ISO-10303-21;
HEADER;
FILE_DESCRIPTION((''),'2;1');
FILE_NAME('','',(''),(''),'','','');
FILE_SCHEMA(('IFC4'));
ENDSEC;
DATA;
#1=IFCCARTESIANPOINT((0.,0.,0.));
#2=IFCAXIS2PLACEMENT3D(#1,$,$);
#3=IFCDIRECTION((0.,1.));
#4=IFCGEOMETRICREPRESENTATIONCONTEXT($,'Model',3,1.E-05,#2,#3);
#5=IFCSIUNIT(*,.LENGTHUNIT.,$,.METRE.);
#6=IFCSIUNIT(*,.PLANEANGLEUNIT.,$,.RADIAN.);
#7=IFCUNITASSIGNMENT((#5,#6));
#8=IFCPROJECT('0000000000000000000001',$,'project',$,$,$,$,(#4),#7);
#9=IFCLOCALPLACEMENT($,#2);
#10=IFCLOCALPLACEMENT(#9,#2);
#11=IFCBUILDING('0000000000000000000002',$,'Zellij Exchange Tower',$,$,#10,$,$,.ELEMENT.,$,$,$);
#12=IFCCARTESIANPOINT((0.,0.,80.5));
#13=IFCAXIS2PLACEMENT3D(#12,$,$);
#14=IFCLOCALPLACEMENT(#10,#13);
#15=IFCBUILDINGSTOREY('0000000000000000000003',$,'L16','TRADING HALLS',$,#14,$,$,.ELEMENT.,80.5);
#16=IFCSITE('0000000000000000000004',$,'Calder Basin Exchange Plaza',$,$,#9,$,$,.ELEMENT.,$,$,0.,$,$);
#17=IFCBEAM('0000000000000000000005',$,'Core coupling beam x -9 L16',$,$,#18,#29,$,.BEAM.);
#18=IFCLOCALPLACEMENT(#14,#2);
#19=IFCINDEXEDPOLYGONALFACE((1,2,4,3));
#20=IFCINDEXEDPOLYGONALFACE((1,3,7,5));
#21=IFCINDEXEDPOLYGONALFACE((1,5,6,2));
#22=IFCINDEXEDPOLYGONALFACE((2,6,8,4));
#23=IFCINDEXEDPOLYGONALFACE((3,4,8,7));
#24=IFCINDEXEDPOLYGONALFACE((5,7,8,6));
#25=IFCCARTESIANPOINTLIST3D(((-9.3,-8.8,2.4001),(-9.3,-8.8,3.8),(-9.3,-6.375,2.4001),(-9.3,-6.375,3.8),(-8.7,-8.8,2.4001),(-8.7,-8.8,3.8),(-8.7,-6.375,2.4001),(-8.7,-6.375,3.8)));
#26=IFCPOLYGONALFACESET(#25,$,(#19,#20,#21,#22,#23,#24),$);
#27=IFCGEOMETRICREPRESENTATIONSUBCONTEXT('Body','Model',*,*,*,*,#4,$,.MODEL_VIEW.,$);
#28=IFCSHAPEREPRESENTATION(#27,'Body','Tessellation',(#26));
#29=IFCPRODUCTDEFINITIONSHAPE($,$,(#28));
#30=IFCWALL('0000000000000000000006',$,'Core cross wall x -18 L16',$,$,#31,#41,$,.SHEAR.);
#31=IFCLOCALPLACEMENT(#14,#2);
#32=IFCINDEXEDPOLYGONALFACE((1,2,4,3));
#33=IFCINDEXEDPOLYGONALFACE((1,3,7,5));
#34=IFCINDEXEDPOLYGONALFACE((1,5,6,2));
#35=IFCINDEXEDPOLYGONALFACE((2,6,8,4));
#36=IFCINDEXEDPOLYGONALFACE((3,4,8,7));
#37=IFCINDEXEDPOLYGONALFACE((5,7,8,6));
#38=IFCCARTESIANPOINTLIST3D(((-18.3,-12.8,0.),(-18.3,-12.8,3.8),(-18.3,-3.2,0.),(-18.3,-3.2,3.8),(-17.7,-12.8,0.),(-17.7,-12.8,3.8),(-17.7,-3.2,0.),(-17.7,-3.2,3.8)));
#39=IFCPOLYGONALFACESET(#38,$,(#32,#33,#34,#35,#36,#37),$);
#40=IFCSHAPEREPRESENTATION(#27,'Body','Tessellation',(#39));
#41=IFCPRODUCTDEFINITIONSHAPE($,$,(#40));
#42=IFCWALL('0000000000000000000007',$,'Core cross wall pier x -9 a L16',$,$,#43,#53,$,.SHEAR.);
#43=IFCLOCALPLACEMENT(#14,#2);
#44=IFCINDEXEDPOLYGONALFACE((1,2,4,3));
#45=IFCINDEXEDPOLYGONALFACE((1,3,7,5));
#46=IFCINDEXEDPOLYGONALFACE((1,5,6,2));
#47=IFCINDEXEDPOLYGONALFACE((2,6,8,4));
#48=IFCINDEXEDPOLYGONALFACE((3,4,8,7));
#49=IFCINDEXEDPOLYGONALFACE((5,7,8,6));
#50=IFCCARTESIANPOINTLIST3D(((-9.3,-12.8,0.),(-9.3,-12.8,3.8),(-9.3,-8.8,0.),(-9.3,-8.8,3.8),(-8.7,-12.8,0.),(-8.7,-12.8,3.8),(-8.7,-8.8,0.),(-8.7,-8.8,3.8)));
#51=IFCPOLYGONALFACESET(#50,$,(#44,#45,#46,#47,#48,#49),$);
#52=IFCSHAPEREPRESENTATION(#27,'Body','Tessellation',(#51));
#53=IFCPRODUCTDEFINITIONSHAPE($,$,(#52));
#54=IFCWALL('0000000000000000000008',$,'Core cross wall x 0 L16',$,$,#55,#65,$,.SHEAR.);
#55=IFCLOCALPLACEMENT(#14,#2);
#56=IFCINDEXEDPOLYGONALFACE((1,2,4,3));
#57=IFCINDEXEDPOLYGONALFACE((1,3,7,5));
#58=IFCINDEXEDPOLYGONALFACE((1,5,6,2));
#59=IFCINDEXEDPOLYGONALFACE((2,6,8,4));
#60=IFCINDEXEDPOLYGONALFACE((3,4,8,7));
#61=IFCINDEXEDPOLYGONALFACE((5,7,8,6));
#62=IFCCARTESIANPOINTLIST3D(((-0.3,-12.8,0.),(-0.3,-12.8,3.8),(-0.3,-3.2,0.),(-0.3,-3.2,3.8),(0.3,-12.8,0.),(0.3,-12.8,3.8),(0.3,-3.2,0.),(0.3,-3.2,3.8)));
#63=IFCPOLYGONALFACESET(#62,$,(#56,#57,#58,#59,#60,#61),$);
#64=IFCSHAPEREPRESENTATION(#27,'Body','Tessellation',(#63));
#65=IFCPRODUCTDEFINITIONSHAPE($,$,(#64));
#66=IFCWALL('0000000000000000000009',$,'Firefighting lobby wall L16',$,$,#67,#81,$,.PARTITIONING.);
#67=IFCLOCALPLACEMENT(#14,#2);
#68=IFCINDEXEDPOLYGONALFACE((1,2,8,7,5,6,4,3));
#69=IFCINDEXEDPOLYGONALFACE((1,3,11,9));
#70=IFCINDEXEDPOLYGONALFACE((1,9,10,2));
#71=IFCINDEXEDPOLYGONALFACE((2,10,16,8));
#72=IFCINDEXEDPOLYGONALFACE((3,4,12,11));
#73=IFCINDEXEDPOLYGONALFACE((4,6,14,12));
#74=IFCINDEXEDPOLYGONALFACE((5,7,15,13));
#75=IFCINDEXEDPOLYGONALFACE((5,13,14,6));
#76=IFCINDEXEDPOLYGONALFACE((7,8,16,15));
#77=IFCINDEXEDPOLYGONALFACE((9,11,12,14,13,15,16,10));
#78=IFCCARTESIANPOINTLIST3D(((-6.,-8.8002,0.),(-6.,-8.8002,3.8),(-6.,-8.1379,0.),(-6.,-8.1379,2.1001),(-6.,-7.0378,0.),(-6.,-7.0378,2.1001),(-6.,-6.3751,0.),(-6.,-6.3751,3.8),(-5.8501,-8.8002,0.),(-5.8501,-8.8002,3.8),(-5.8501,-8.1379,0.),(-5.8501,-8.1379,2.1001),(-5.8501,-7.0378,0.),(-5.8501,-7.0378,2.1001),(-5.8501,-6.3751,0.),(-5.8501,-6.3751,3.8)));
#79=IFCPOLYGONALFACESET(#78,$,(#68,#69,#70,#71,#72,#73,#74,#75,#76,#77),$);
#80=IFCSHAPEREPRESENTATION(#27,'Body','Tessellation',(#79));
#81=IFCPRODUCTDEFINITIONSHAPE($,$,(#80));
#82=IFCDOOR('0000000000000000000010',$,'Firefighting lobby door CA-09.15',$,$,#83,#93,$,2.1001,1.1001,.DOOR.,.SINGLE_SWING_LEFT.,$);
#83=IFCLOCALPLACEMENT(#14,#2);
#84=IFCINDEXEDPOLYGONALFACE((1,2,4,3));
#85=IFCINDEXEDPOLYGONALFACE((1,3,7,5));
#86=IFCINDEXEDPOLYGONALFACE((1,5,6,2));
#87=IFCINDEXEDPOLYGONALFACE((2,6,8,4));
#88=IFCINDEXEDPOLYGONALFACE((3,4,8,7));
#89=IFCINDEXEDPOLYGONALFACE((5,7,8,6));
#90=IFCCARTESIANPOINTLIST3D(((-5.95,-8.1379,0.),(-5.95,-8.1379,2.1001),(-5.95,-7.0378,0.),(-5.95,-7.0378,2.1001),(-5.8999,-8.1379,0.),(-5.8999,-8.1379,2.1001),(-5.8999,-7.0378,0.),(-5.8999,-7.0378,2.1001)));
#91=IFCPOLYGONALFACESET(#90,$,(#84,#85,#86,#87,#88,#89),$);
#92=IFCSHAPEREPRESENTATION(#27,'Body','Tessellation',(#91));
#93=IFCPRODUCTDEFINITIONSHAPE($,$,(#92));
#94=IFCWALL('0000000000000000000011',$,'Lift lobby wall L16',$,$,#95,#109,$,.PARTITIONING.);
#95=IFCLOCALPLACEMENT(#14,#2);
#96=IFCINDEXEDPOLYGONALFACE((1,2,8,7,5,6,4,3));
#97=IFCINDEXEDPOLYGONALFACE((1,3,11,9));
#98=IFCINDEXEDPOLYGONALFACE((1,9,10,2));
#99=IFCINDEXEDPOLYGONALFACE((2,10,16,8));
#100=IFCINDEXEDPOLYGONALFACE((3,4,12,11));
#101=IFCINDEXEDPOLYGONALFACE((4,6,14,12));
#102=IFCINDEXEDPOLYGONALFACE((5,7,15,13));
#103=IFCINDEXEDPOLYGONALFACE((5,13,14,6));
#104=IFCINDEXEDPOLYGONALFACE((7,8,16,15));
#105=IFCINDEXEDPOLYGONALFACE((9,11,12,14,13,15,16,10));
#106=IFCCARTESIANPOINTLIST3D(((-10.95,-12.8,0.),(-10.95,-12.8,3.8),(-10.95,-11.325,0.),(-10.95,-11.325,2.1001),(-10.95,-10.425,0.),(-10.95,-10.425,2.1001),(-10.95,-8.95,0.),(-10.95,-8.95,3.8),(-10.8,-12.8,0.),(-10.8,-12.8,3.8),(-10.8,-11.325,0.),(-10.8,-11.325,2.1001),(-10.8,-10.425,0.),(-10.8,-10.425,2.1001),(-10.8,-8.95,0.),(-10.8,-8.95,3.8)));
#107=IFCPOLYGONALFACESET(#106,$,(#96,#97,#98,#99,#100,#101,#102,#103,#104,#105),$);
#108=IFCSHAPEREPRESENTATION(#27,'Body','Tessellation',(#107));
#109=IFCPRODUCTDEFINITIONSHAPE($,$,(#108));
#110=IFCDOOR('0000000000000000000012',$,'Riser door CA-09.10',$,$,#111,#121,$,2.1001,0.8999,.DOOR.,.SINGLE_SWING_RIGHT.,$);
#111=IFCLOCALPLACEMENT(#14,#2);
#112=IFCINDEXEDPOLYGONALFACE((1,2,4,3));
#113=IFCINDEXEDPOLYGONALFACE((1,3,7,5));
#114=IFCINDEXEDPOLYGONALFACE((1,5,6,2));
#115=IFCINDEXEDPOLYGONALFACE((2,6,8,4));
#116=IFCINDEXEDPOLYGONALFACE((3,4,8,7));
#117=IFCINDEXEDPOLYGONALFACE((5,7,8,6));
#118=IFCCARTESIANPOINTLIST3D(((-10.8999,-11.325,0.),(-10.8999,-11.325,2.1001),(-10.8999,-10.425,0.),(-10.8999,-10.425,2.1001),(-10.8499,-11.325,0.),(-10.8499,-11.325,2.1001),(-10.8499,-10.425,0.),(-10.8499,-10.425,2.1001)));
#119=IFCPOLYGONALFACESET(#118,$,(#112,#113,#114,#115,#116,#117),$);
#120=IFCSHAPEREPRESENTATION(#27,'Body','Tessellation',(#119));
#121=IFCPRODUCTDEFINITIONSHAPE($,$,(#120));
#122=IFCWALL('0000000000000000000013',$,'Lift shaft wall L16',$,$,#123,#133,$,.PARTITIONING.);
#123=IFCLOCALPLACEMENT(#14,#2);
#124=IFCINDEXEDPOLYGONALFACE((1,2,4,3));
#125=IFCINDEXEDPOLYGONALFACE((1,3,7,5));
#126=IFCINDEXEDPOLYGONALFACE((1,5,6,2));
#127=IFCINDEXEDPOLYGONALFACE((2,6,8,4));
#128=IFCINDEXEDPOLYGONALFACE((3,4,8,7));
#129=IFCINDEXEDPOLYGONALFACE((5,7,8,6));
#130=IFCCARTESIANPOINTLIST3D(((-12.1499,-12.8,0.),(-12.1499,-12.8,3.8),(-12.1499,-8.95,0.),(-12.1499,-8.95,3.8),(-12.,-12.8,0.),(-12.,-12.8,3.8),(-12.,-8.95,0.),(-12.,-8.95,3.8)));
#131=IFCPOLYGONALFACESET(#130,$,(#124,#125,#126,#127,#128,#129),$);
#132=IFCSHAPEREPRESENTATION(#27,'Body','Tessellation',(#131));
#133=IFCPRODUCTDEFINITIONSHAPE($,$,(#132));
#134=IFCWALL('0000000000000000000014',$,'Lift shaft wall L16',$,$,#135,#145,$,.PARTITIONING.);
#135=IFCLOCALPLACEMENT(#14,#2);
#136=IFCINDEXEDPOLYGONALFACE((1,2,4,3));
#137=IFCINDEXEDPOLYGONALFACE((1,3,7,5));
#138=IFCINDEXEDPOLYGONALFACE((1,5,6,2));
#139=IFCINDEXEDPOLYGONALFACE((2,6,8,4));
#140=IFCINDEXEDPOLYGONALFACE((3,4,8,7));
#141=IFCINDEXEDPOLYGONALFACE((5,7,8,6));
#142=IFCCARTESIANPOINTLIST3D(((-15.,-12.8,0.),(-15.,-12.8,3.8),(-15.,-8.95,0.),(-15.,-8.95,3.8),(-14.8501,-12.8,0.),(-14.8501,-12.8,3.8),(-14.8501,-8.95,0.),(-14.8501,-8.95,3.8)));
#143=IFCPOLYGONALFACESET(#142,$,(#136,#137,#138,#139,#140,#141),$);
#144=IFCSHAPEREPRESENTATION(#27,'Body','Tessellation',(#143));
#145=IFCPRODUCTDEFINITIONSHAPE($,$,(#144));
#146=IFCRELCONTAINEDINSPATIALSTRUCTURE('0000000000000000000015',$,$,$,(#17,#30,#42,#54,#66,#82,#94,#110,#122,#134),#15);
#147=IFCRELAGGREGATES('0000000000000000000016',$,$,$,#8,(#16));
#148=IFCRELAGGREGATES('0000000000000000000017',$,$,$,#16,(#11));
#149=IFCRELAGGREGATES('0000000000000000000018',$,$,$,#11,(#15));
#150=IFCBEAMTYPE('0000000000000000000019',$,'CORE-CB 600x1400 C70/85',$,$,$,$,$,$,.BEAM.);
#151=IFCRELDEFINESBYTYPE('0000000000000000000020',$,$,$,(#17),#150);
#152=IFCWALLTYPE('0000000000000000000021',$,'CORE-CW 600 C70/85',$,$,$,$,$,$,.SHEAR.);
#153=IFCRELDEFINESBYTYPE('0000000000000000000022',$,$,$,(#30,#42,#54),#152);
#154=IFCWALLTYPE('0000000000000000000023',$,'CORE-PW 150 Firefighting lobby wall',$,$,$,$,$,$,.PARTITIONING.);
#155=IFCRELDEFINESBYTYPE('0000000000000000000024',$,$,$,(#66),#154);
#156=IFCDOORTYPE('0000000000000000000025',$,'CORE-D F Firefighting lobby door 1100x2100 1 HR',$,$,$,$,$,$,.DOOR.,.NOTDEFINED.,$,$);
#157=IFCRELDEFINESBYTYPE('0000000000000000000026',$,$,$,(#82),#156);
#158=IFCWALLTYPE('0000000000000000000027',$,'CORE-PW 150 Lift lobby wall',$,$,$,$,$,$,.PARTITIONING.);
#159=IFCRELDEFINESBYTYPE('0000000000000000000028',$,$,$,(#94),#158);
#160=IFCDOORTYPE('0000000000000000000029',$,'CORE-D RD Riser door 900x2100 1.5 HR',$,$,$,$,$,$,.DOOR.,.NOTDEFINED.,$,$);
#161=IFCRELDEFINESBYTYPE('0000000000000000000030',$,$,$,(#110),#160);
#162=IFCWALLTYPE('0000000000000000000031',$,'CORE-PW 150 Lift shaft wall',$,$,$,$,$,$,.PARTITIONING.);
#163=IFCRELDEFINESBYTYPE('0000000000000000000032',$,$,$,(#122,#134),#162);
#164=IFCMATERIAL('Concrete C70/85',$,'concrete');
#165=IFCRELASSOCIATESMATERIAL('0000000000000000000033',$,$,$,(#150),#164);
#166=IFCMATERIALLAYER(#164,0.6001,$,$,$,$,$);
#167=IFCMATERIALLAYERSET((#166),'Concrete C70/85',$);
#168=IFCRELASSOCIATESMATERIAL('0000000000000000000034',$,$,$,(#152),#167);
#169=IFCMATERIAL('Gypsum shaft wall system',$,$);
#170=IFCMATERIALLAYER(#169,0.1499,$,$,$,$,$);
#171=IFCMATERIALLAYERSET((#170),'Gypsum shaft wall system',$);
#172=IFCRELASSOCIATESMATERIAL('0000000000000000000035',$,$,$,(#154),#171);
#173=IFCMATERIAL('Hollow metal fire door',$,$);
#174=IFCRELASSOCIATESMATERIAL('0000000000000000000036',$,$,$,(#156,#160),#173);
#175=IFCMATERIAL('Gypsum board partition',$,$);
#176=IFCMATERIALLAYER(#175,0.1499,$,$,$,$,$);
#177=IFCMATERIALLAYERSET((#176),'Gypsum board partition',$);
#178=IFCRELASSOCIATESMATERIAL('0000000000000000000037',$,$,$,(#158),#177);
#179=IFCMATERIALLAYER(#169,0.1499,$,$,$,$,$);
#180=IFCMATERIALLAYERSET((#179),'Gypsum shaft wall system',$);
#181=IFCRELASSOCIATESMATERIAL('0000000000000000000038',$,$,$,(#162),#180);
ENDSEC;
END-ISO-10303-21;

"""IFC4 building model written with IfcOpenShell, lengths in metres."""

from ifc_helpers import new_model, si_unit, direction, frame, frame_2d, origin, origin_2d, place, context, subcontext, project, spatial, rectangle, extrude, material, layer, layer_set, material_profile, profile_set, type_object, element, fill, save


model = new_model("IFC4")

# Units and contexts
model_context = context("Model", 3, precision=1e-05, world=origin(), true_north=direction((0.0, 1.0)))
body_context = subcontext(model_context, "Body", "Model", "MODEL_VIEW")
ifc_project = project(units=[si_unit("LENGTHUNIT", "METRE"), si_unit("PLANEANGLEUNIT", "RADIAN")], contexts=[model_context])

# Site, building, storey
site_placement = place(None, origin())
site = spatial("IfcSite", under=ifc_project, at=site_placement, Name="Calder Basin Exchange Plaza", CompositionType="ELEMENT", RefElevation=0.0)
building_placement = place(site_placement, origin())
building = spatial("IfcBuilding", under=site, at=building_placement, Name="Zellij Exchange Tower", CompositionType="ELEMENT")
storey_placement = place(building_placement, frame((0.0, 0.0, 80.5)))
storey = spatial("IfcBuildingStorey", under=building, at=storey_placement, Name="L16", Description="TRADING HALLS", CompositionType="ELEMENT", Elevation=80.5)

# Beam
ifc_material_1 = material(Name="Concrete C70/85", Category="concrete")
ifc_material_profile = material_profile(ifc_material_1, rectangle(XDim=0.6001, YDim=1.3999, at=origin_2d()), Name="CORE-CB 600x1400 C70/85")
ifc_profile_set = profile_set([ifc_material_profile], Name="Concrete C70/85")
beam_type = type_object("IfcBeamType", Name="CORE-CB 600x1400 C70/85", PredefinedType="BEAM", material=ifc_profile_set)
beam_placement = place(storey_placement, frame((-9.0, -8.8, 3.1001), z_axis=(0.0, 1.0, 0.0), x_axis=(-1.0, 0.0, 0.0)))
element("IfcBeam", 1, at=beam_placement, inside=storey, type_object=beam_type, Name="Core coupling beam x -9 L16", PredefinedType="BEAM", context=body_context, shape_type="SweptSolid", body=[
    extrude(rectangle(XDim=0.6001, YDim=1.3999, at=origin_2d()), origin(), (0.0, 0.0, 1.0), 2.425),
])

# Walls
ifc_layer_1 = layer(ifc_material_1, 0.6001)
ifc_layer_set_1 = layer_set([ifc_layer_1], Name="Concrete C70/85")
wall_type_1 = type_object("IfcWallType", Name="CORE-CW 600 C70/85", PredefinedType="SHEAR", material=ifc_layer_set_1)
wall_1_placement = place(storey_placement, frame((-18.0, -12.8, 0.0), z_axis=(0.0, 0.0, 1.0), x_axis=(0.0, 1.0, 0.0)))
element("IfcWall", 2, at=wall_1_placement, inside=storey, type_object=wall_type_1, Name="Core cross wall x -18 L16", PredefinedType="SHEAR", context=body_context, shape_type="SweptSolid", body=[
    extrude(rectangle(XDim=9.6001, YDim=0.6001, at=frame_2d((4.8, 0.0))), origin(), (0.0, 0.0, 1.0), 3.8),
])
wall_2_placement = place(storey_placement, frame((-9.0, -12.8, 0.0), z_axis=(0.0, 0.0, 1.0), x_axis=(0.0, 1.0, 0.0)))
element("IfcWall", 3, at=wall_2_placement, inside=storey, type_object=wall_type_1, Name="Core cross wall pier x -9 a L16", PredefinedType="SHEAR", context=body_context, shape_type="SweptSolid", body=[
    extrude(rectangle(XDim=4.0, YDim=0.6001, at=frame_2d((2.0, 0.0))), origin(), (0.0, 0.0, 1.0), 3.8),
])
wall_3_placement = place(storey_placement, frame((0.0, -12.8, 0.0), z_axis=(0.0, 0.0, 1.0), x_axis=(0.0, 1.0, 0.0)))
element("IfcWall", 4, at=wall_3_placement, inside=storey, type_object=wall_type_1, Name="Core cross wall x 0 L16", PredefinedType="SHEAR", context=body_context, shape_type="SweptSolid", body=[
    extrude(rectangle(XDim=9.6001, YDim=0.6001, at=frame_2d((4.8, 0.0))), origin(), (0.0, 0.0, 1.0), 3.8),
])

# Walls, openings, doors
ifc_material_2 = material(Name="Gypsum shaft wall system")
ifc_layer_2 = layer(ifc_material_2, 0.1499)
ifc_layer_set_2 = layer_set([ifc_layer_2], Name="Gypsum shaft wall system")
wall_type_2 = type_object("IfcWallType", Name="CORE-PW 150 Firefighting lobby wall", PredefinedType="PARTITIONING", material=ifc_layer_set_2)
wall_4_placement = place(storey_placement, frame((-5.925, -8.8, 0.0), z_axis=(0.0, 0.0, 1.0), x_axis=(0.0, 1.0, 0.0)))
wall_4 = element("IfcWall", 5, at=wall_4_placement, inside=storey, type_object=wall_type_2, Name="Firefighting lobby wall L16", PredefinedType="PARTITIONING", context=body_context, shape_type="SweptSolid", body=[
    extrude(rectangle(XDim=2.425, YDim=0.1499, at=frame_2d((1.2124, 0.0))), origin(), (0.0, 0.0, 1.0), 3.8),
])
opening_1_placement = place(wall_4_placement, frame((0.6621, 0.0, 0.0)))
opening_1 = element("IfcOpeningElement", 6, at=opening_1_placement, cuts=wall_4, PredefinedType="OPENING", context=body_context, shape_type="SweptSolid", body=[
    extrude(rectangle(XDim=1.1001, YDim=2.1001, at=frame_2d((0.55, 1.05))), frame((0.0, 0.0869, 0.0), z_axis=(0.0, -1.0, 0.0), x_axis=(1.0, 0.0, 0.0)), (0.0, 0.0, 1.0), 0.1738),
])
ifc_material_3 = material(Name="Hollow metal fire door")
door_type_1 = type_object("IfcDoorType", Name="CORE-D F Firefighting lobby door 1100x2100 1 HR", OperationType="NOTDEFINED", PredefinedType="DOOR", material=ifc_material_3)
door_1_placement = place(opening_1_placement, origin())
door_1 = element("IfcDoor", 7, at=door_1_placement, inside=storey, type_object=door_type_1, Name="Firefighting lobby door CA-09.15", OperationType="SINGLE_SWING_LEFT", OverallHeight=2.1001, OverallWidth=1.1001, PredefinedType="DOOR", context=body_context, shape_type="SweptSolid", body=[
    extrude(rectangle(XDim=1.1001, YDim=2.1001, at=frame_2d((0.55, 1.05))), frame((0.0, 0.0249, 0.0), z_axis=(0.0, -1.0, 0.0), x_axis=(1.0, 0.0, 0.0)), (0.0, 0.0, 1.0), 0.05),
])
fill(opening_1, door_1)
ifc_material_4 = material(Name="Gypsum board partition")
ifc_layer_3 = layer(ifc_material_4, 0.1499)
ifc_layer_set_3 = layer_set([ifc_layer_3], Name="Gypsum board partition")
wall_type_3 = type_object("IfcWallType", Name="CORE-PW 150 Lift lobby wall", PredefinedType="PARTITIONING", material=ifc_layer_set_3)
wall_5_placement = place(storey_placement, frame((-10.875, -12.8, 0.0), z_axis=(0.0, 0.0, 1.0), x_axis=(0.0, 1.0, 0.0)))
wall_5 = element("IfcWall", 8, at=wall_5_placement, inside=storey, type_object=wall_type_3, Name="Lift lobby wall L16", PredefinedType="PARTITIONING", context=body_context, shape_type="SweptSolid", body=[
    extrude(rectangle(XDim=3.8501, YDim=0.1499, at=frame_2d((1.925, 0.0))), origin(), (0.0, 0.0, 1.0), 3.8),
])
opening_2_placement = place(wall_5_placement, frame((1.4751, 0.0, 0.0)))
opening_2 = element("IfcOpeningElement", 9, at=opening_2_placement, cuts=wall_5, PredefinedType="OPENING", context=body_context, shape_type="SweptSolid", body=[
    extrude(rectangle(XDim=0.8999, YDim=2.1001, at=frame_2d((0.45, 1.05))), frame((0.0, 0.0869, 0.0), z_axis=(0.0, -1.0, 0.0), x_axis=(1.0, 0.0, 0.0)), (0.0, 0.0, 1.0), 0.1738),
])
door_type_2 = type_object("IfcDoorType", Name="CORE-D RD Riser door 900x2100 1.5 HR", OperationType="NOTDEFINED", PredefinedType="DOOR", material=ifc_material_3)
door_2_placement = place(opening_2_placement, origin())
door_2 = element("IfcDoor", 10, at=door_2_placement, inside=storey, type_object=door_type_2, Name="Riser door CA-09.10", OperationType="SINGLE_SWING_RIGHT", OverallHeight=2.1001, OverallWidth=0.8999, PredefinedType="DOOR", context=body_context, shape_type="SweptSolid", body=[
    extrude(rectangle(XDim=0.8999, YDim=2.1001, at=frame_2d((0.45, 1.05))), frame((0.0, 0.0249, 0.0), z_axis=(0.0, -1.0, 0.0), x_axis=(1.0, 0.0, 0.0)), (0.0, 0.0, 1.0), 0.05),
])
fill(opening_2, door_2)

# Walls
ifc_layer_4 = layer(ifc_material_2, 0.1499)
ifc_layer_set_4 = layer_set([ifc_layer_4], Name="Gypsum shaft wall system")
wall_type_4 = type_object("IfcWallType", Name="CORE-PW 150 Lift shaft wall", PredefinedType="PARTITIONING", material=ifc_layer_set_4)
for number, where, z_axis, x_axis, name in (
    (11, (-12.075, -12.8, 0.0), (0.0, 0.0, 1.0), (0.0, 1.0, 0.0), "Lift shaft wall L16"),
    (12, (-14.925, -12.8, 0.0), (0.0, 0.0, 1.0), (0.0, 1.0, 0.0), "Lift shaft wall L16"),
):
    element("IfcWall", number, at=place(storey_placement, frame(where, z_axis=z_axis, x_axis=x_axis)), inside=storey, type_object=wall_type_4, Name=name, PredefinedType="PARTITIONING", context=body_context, shape_type="SweptSolid", body=[
        extrude(rectangle(XDim=3.8501, YDim=0.1499, at=frame_2d((1.925, 0.0))), origin(), (0.0, 0.0, 1.0), 3.8),
    ])

save(model, "model.ifc")
